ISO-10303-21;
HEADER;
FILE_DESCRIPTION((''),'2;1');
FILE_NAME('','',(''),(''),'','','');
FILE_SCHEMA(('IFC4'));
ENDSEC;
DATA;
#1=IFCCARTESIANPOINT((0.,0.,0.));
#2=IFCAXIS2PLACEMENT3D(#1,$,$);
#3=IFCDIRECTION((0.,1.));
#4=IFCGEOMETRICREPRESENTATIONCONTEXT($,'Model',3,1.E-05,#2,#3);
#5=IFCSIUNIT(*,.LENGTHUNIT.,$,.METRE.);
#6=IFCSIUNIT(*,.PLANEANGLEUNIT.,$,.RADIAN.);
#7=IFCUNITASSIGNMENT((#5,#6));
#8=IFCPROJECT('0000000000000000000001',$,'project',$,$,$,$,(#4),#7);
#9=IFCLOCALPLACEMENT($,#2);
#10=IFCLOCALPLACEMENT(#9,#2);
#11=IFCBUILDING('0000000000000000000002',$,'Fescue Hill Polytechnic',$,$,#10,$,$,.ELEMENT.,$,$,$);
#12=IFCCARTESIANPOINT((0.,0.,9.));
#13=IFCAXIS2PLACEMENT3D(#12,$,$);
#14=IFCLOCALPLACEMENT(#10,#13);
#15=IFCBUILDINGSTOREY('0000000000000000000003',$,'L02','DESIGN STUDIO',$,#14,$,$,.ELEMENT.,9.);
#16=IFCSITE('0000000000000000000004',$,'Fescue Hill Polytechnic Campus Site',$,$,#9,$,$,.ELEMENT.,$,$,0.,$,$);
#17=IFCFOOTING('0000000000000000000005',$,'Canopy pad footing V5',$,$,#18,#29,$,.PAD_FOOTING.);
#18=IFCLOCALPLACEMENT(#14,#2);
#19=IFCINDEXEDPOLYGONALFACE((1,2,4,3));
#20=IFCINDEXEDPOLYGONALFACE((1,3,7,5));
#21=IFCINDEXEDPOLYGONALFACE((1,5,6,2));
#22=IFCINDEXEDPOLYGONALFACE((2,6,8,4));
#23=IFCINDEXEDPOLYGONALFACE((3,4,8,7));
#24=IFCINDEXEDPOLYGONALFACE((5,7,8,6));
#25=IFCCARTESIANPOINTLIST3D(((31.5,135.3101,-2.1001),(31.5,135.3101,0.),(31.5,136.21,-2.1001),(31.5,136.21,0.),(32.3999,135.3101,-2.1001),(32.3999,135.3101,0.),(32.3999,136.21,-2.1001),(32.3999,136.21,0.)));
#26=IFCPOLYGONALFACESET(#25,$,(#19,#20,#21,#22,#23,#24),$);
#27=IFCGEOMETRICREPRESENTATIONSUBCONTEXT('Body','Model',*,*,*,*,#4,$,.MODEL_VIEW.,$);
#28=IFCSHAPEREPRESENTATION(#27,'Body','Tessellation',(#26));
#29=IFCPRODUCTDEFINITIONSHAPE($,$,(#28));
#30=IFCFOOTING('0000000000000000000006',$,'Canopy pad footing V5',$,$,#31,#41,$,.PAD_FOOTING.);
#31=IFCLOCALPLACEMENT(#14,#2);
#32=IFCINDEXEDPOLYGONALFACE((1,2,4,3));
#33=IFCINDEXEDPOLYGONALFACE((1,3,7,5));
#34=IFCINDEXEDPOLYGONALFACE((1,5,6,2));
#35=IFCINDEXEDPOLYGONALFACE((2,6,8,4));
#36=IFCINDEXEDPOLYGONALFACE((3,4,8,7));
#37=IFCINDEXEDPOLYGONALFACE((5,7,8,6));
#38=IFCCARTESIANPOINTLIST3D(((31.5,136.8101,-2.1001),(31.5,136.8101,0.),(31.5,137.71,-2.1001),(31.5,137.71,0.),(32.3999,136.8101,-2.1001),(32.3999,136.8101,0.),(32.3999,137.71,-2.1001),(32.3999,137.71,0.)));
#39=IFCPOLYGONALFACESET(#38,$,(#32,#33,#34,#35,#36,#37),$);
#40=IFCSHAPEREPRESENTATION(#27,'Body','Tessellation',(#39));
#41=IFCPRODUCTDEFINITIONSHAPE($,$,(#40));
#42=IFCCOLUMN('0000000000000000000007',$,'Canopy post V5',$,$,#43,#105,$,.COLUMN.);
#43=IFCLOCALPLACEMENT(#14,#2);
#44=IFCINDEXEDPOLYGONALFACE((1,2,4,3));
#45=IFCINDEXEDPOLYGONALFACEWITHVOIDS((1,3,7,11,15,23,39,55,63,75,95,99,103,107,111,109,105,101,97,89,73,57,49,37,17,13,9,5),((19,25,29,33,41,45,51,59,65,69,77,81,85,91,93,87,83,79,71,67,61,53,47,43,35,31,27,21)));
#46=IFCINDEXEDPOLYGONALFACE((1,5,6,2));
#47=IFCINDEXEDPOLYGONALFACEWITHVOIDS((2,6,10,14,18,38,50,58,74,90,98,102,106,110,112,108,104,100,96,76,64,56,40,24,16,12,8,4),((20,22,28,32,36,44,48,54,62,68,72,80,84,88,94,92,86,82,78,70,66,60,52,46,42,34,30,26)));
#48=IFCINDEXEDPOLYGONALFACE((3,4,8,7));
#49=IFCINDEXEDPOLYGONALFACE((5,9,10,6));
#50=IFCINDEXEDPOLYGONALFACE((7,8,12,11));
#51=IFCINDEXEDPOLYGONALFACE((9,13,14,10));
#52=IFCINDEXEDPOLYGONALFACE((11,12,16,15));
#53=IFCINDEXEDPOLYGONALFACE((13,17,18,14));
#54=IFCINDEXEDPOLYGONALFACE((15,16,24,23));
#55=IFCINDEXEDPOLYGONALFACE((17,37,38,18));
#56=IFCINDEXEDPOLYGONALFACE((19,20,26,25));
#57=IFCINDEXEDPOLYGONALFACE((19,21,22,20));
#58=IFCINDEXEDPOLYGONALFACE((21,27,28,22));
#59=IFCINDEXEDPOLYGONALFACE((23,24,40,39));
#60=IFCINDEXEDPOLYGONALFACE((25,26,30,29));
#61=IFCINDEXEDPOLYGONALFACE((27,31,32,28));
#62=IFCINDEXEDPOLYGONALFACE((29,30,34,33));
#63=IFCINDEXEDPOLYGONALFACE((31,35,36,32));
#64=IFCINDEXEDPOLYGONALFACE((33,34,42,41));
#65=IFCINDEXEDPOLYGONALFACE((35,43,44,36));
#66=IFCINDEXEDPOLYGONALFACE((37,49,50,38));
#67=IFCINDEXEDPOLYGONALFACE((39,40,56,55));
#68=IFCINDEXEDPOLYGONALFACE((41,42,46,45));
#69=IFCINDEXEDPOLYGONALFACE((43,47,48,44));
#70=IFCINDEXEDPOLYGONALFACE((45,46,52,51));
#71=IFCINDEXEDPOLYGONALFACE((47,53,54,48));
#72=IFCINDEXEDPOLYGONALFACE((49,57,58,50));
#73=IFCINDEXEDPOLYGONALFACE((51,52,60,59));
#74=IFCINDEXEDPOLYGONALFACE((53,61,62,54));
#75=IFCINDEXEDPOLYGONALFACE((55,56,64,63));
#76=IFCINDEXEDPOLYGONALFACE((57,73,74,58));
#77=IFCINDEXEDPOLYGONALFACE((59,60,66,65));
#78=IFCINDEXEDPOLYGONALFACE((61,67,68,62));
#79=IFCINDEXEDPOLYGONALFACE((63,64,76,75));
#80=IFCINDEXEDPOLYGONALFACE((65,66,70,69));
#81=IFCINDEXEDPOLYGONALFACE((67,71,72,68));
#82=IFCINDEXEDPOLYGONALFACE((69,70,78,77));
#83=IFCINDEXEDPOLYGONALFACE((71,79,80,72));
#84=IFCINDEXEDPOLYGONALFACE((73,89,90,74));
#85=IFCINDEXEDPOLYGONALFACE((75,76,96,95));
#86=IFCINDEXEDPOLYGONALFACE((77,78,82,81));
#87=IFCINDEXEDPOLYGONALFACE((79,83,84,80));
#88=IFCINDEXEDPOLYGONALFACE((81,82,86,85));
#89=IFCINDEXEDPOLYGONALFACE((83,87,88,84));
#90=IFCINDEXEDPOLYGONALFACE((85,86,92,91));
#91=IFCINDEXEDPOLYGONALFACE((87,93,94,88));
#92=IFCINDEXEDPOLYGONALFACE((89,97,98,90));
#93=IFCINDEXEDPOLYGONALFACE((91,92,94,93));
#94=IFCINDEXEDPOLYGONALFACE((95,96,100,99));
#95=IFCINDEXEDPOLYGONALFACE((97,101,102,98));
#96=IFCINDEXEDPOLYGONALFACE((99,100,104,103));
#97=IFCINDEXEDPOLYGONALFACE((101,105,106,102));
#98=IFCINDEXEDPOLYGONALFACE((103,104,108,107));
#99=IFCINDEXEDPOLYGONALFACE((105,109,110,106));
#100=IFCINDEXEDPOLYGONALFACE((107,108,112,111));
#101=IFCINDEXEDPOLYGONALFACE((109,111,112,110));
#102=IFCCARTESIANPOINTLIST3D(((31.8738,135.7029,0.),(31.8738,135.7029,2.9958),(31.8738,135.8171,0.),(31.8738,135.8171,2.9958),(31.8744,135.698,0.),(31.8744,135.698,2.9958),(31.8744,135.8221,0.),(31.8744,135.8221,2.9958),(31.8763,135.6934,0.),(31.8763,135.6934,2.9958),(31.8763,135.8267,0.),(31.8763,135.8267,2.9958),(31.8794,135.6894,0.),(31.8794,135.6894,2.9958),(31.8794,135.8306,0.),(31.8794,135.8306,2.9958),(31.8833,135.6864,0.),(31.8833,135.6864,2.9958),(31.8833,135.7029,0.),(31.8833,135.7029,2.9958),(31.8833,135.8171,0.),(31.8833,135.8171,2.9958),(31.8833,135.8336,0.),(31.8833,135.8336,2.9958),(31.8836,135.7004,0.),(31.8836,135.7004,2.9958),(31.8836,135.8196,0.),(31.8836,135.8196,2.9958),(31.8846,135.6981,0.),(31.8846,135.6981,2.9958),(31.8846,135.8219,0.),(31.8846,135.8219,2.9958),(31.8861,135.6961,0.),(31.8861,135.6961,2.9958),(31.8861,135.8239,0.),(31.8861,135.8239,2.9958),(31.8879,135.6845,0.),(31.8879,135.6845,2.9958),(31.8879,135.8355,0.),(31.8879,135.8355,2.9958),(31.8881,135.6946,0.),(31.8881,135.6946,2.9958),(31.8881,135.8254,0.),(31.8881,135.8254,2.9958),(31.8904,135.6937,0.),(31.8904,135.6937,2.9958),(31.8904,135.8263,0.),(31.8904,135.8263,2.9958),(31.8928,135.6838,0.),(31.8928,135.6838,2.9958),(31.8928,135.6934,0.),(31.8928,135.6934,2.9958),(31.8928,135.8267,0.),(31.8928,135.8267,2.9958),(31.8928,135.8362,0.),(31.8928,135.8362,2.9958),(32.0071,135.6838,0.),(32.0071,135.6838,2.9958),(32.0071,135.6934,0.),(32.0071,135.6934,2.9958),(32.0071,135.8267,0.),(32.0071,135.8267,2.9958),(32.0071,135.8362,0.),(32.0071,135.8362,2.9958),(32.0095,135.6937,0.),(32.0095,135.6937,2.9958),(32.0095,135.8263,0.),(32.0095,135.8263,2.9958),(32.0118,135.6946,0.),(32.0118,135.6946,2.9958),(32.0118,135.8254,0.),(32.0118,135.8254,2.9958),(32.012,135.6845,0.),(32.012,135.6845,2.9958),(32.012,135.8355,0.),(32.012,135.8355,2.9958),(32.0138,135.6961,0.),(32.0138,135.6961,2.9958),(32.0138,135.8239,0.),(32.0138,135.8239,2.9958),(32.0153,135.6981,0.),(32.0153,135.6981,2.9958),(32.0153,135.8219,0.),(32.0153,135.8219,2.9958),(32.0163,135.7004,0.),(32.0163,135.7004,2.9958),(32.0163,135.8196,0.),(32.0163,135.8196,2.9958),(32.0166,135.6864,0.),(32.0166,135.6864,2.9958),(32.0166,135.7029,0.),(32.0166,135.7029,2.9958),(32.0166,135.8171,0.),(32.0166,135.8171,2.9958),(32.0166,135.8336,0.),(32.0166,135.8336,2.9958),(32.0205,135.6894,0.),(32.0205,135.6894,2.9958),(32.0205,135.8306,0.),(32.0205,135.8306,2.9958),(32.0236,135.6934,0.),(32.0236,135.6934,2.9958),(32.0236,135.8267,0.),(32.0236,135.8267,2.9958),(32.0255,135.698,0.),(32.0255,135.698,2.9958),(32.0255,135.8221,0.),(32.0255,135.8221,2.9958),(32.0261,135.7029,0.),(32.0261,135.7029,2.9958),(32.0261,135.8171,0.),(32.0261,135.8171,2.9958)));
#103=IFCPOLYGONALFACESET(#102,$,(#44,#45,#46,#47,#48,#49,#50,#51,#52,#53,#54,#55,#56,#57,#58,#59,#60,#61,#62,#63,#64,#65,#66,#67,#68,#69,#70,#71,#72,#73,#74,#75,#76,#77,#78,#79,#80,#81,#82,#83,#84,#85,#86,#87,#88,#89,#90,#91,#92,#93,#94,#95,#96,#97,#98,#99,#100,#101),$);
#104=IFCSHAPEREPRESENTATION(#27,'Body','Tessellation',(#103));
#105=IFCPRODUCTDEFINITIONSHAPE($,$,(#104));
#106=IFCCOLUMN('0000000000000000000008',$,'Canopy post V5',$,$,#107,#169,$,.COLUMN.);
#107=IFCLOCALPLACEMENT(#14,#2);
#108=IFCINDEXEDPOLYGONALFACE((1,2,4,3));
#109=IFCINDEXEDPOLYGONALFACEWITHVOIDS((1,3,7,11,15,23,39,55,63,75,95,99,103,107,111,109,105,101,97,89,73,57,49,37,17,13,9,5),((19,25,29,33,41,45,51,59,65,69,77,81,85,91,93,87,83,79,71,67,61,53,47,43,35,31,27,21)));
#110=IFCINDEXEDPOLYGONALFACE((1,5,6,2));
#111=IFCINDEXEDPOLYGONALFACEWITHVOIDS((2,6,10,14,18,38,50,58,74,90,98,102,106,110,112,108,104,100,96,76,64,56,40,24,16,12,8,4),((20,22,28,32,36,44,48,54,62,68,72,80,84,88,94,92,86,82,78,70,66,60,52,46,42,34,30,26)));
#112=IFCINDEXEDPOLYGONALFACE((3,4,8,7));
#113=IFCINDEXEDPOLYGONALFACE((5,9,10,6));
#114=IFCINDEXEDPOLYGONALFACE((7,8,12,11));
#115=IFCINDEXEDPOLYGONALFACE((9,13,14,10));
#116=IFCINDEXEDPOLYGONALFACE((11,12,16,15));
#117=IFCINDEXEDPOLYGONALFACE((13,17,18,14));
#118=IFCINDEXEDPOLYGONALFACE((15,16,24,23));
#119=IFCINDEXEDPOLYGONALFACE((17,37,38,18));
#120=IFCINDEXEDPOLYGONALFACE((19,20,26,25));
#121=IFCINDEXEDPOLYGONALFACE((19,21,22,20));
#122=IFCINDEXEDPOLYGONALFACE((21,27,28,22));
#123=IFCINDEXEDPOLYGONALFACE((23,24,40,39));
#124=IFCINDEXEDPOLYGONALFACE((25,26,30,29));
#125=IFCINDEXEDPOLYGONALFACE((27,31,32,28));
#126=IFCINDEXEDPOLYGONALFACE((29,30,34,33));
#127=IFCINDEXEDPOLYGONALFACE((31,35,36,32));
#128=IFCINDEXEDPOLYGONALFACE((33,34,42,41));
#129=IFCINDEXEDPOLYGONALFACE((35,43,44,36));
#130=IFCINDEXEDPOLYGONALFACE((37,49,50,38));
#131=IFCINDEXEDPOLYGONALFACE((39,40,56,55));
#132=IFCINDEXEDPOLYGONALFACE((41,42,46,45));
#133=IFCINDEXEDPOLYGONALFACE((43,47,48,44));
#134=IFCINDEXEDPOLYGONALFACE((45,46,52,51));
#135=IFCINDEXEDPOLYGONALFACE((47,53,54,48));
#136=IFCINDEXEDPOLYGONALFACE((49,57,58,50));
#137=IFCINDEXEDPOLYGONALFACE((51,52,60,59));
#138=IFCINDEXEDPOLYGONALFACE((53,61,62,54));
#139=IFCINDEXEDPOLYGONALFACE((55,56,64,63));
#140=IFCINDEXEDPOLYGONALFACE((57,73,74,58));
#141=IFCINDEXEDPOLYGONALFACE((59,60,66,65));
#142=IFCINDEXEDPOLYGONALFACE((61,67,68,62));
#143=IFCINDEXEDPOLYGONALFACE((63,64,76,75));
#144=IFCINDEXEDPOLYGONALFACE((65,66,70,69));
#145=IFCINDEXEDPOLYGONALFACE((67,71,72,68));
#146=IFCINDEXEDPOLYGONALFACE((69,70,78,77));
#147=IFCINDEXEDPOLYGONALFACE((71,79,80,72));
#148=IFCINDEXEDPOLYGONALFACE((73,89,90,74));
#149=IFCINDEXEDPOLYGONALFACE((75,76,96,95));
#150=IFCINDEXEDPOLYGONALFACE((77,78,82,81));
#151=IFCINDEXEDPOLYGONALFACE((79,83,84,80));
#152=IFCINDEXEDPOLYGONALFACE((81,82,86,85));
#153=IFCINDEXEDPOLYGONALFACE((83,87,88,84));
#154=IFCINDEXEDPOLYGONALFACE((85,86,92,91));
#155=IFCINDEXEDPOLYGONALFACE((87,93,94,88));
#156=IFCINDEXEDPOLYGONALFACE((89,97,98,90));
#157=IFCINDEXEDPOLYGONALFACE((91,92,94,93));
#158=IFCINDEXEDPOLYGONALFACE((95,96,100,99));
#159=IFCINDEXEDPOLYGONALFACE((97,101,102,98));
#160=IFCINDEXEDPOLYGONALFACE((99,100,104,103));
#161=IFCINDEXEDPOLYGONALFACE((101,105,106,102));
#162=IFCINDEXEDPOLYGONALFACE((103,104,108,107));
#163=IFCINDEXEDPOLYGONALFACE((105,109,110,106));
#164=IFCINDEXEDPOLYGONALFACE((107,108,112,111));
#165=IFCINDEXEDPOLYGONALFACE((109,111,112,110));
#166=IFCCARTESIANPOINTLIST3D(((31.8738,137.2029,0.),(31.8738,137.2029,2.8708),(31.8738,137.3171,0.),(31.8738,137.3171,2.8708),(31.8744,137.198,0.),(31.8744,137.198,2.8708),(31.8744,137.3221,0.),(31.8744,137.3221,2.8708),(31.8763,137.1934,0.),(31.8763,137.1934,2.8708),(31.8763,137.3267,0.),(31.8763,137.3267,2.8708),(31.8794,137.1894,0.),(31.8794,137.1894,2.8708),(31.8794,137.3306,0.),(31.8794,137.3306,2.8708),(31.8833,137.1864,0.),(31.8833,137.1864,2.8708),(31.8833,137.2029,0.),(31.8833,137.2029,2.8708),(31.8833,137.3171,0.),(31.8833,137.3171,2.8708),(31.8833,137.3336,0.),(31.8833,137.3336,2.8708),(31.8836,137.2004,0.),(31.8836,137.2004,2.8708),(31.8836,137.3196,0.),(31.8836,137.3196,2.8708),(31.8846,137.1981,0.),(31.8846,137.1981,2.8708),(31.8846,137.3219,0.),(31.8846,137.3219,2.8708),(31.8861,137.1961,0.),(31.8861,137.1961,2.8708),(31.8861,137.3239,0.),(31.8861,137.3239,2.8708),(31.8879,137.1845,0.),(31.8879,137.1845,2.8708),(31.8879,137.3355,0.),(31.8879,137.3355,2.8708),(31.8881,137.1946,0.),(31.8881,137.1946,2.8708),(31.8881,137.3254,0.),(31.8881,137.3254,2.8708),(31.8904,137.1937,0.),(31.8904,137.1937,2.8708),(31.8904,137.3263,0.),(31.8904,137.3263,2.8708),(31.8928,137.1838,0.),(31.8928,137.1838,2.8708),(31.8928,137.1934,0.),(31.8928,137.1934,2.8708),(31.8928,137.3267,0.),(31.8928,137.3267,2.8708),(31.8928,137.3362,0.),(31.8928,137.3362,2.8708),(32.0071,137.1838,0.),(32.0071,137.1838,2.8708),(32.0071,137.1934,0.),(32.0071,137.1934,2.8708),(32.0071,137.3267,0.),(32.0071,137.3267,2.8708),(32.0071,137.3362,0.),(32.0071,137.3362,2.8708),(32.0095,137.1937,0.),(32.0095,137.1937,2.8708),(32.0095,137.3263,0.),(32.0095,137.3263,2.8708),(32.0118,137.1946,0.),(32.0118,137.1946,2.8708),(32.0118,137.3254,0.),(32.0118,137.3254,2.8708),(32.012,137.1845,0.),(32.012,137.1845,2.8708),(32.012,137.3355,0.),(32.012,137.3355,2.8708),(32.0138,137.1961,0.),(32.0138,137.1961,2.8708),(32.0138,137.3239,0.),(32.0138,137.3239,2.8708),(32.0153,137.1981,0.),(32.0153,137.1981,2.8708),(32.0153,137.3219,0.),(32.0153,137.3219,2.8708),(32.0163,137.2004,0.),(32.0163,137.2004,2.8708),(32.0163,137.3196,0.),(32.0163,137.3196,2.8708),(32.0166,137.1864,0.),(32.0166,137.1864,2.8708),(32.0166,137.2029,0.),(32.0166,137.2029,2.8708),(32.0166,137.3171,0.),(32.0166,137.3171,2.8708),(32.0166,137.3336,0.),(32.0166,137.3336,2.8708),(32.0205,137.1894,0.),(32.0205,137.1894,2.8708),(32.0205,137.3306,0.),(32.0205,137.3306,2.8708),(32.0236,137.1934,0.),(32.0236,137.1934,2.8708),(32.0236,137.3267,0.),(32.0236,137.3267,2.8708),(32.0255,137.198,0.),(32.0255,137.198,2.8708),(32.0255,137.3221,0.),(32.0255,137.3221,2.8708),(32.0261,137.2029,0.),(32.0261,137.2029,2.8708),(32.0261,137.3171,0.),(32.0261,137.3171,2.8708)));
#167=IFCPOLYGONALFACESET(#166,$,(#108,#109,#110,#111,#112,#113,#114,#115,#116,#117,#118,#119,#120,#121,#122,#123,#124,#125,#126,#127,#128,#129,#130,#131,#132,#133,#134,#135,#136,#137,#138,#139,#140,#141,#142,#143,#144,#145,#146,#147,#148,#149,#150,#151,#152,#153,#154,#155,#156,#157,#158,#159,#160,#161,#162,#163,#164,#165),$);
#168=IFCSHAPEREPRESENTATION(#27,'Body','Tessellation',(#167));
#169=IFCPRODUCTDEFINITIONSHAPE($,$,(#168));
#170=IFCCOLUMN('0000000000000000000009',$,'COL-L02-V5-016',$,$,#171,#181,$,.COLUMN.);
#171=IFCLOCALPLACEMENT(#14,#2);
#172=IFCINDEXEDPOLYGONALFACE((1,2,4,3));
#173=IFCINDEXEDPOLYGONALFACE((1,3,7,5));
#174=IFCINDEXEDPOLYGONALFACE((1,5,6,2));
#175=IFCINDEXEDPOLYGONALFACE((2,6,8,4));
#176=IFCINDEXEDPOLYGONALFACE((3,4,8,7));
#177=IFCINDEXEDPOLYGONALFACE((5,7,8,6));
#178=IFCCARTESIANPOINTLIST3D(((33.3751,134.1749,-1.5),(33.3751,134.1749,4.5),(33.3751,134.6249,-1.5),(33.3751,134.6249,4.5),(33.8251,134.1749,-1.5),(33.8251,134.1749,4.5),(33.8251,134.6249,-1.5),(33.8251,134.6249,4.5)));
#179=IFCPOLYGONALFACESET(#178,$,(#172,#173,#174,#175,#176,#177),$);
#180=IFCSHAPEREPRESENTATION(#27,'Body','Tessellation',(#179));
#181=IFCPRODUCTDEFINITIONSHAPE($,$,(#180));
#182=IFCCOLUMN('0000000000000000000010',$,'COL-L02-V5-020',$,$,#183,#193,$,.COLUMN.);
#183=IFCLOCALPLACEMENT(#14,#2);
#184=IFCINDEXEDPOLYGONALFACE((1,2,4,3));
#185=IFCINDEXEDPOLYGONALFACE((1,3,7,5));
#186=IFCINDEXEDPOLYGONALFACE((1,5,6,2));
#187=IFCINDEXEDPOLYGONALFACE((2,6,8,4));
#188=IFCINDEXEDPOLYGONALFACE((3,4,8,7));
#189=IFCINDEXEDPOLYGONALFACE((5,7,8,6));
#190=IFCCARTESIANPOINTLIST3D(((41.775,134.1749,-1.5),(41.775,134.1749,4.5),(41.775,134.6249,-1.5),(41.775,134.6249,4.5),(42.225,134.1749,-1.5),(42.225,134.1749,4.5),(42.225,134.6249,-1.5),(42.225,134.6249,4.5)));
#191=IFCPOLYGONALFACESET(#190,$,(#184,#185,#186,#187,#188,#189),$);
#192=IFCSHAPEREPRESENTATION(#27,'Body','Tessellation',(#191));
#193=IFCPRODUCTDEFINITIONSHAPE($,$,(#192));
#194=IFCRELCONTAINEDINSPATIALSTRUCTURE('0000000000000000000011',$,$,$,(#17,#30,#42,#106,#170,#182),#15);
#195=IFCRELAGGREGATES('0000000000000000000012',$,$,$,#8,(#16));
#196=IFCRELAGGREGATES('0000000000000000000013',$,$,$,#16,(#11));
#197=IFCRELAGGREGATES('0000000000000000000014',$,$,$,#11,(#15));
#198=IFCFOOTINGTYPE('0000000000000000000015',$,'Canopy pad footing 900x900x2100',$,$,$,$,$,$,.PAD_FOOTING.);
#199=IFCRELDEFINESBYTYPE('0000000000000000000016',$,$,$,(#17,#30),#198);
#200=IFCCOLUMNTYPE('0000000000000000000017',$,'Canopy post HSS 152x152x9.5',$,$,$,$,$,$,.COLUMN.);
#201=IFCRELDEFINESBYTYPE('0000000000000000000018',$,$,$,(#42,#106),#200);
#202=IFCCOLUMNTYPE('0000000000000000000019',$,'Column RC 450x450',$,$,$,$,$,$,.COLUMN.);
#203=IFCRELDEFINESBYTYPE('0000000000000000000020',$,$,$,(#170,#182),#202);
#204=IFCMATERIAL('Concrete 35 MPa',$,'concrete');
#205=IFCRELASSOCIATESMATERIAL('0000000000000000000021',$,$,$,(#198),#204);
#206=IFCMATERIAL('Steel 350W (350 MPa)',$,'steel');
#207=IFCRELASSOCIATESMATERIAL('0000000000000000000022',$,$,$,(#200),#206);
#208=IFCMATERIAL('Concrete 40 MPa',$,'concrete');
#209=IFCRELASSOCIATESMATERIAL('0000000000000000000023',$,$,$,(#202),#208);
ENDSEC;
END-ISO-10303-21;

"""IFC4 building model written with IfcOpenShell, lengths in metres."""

from ifc_helpers import new_model, si_unit, direction, frame, origin, origin_2d, place, context, subcontext, project, spatial, rectangle, hollow_rectangle, extrude, material, material_profile, profile_set, type_object, element, save


model = new_model("IFC4")

# Units and contexts
model_context = context("Model", 3, precision=1e-05, world=origin(), true_north=direction((0.0, 1.0)))
body_context = subcontext(model_context, "Body", "Model", "MODEL_VIEW")
ifc_project = project(units=[si_unit("LENGTHUNIT", "METRE"), si_unit("PLANEANGLEUNIT", "RADIAN")], contexts=[model_context])

# Site, building, storey
site_placement = place(None, origin())
site = spatial("IfcSite", under=ifc_project, at=site_placement, Name="Fescue Hill Polytechnic Campus Site", CompositionType="ELEMENT", RefElevation=0.0)
building_placement = place(site_placement, origin())
building = spatial("IfcBuilding", under=site, at=building_placement, Name="Fescue Hill Polytechnic", CompositionType="ELEMENT")
storey_placement = place(building_placement, frame((0.0, 0.0, 9.0)))
storey = spatial("IfcBuildingStorey", under=building, at=storey_placement, Name="L02", Description="DESIGN STUDIO", CompositionType="ELEMENT", Elevation=9.0)

# Footings
ifc_material_1 = material(Name="Concrete 35 MPa", Category="concrete")
footing_type = type_object("IfcFootingType", Name="Canopy pad footing 900x900x2100", PredefinedType="PAD_FOOTING", material=ifc_material_1)
for number, where, z_axis, x_axis, name in (
    (1, (31.95, 135.76, -2.1001), (0.0, 0.0, 1.0), (-1.0, 0.0, 0.0), "Canopy pad footing V5"),
    (2, (31.95, 137.26, -2.1001), (0.0, 0.0, 1.0), (-1.0, 0.0, 0.0), "Canopy pad footing V5"),
):
    element("IfcFooting", number, at=place(storey_placement, frame(where, z_axis=z_axis, x_axis=x_axis)), inside=storey, type_object=footing_type, Name=name, PredefinedType="PAD_FOOTING", context=body_context, shape_type="SweptSolid", body=[
        extrude(rectangle(XDim=0.8999, YDim=0.8999, at=origin_2d()), origin(), (0.0, 0.0, 1.0), 2.1001),
    ])

# Columns
ifc_material_2 = material(Name="Steel 350W (350 MPa)", Category="steel")
ifc_material_profile_1 = material_profile(ifc_material_2, hollow_rectangle(XDim=0.1523, YDim=0.1523, WallThickness=0.0095, InnerFilletRadius=0.0095, OuterFilletRadius=0.019, at=origin_2d()), Name="Canopy post HSS 152x152x9.5")
ifc_profile_set_1 = profile_set([ifc_material_profile_1], Name="Steel 350W (350 MPa)")
column_type_1 = type_object("IfcColumnType", Name="Canopy post HSS 152x152x9.5", PredefinedType="COLUMN", material=ifc_profile_set_1)
column_1_placement = place(storey_placement, frame((31.95, 135.76, 0.0), z_axis=(0.0, 0.0, 1.0), x_axis=(1.0, 0.0, 0.0)))
element("IfcColumn", 3, at=column_1_placement, inside=storey, type_object=column_type_1, Name="Canopy post V5", PredefinedType="COLUMN", context=body_context, shape_type="SweptSolid", body=[
    extrude(hollow_rectangle(XDim=0.1523, YDim=0.1523, WallThickness=0.0095, InnerFilletRadius=0.0095, OuterFilletRadius=0.019, at=origin_2d()), origin(), (0.0, 0.0, 1.0), 2.9958),
])
column_2_placement = place(storey_placement, frame((31.95, 137.26, 0.0), z_axis=(0.0, 0.0, 1.0), x_axis=(1.0, 0.0, 0.0)))
element("IfcColumn", 4, at=column_2_placement, inside=storey, type_object=column_type_1, Name="Canopy post V5", PredefinedType="COLUMN", context=body_context, shape_type="SweptSolid", body=[
    extrude(hollow_rectangle(XDim=0.1523, YDim=0.1523, WallThickness=0.0095, InnerFilletRadius=0.0095, OuterFilletRadius=0.019, at=origin_2d()), origin(), (0.0, 0.0, 1.0), 2.8708),
])
ifc_material_3 = material(Name="Concrete 40 MPa", Category="concrete")
ifc_material_profile_2 = material_profile(ifc_material_3, rectangle(XDim=0.45, YDim=0.45, at=origin_2d()), Name="RC 450x450")
ifc_profile_set_2 = profile_set([ifc_material_profile_2], Name="Concrete 40 MPa")
column_type_2 = type_object("IfcColumnType", Name="Column RC 450x450", PredefinedType="COLUMN", material=ifc_profile_set_2)
for number, where, z_axis, x_axis, name in (
    (5, (33.6001, 134.3999, -1.5), (0.0, 0.0, 1.0), (1.0, 0.0, 0.0), "COL-L02-V5-016"),
    (6, (42.0, 134.3999, -1.5), (0.0, 0.0, 1.0), (1.0, 0.0, 0.0), "COL-L02-V5-020"),
):
    element("IfcColumn", number, at=place(storey_placement, frame(where, z_axis=z_axis, x_axis=x_axis)), inside=storey, type_object=column_type_2, Name=name, PredefinedType="COLUMN", context=body_context, shape_type="SweptSolid", body=[
        extrude(rectangle(XDim=0.45, YDim=0.45, at=origin_2d()), origin(), (0.0, 0.0, 1.0), 6.0),
    ])

save(model, "model.ifc")
